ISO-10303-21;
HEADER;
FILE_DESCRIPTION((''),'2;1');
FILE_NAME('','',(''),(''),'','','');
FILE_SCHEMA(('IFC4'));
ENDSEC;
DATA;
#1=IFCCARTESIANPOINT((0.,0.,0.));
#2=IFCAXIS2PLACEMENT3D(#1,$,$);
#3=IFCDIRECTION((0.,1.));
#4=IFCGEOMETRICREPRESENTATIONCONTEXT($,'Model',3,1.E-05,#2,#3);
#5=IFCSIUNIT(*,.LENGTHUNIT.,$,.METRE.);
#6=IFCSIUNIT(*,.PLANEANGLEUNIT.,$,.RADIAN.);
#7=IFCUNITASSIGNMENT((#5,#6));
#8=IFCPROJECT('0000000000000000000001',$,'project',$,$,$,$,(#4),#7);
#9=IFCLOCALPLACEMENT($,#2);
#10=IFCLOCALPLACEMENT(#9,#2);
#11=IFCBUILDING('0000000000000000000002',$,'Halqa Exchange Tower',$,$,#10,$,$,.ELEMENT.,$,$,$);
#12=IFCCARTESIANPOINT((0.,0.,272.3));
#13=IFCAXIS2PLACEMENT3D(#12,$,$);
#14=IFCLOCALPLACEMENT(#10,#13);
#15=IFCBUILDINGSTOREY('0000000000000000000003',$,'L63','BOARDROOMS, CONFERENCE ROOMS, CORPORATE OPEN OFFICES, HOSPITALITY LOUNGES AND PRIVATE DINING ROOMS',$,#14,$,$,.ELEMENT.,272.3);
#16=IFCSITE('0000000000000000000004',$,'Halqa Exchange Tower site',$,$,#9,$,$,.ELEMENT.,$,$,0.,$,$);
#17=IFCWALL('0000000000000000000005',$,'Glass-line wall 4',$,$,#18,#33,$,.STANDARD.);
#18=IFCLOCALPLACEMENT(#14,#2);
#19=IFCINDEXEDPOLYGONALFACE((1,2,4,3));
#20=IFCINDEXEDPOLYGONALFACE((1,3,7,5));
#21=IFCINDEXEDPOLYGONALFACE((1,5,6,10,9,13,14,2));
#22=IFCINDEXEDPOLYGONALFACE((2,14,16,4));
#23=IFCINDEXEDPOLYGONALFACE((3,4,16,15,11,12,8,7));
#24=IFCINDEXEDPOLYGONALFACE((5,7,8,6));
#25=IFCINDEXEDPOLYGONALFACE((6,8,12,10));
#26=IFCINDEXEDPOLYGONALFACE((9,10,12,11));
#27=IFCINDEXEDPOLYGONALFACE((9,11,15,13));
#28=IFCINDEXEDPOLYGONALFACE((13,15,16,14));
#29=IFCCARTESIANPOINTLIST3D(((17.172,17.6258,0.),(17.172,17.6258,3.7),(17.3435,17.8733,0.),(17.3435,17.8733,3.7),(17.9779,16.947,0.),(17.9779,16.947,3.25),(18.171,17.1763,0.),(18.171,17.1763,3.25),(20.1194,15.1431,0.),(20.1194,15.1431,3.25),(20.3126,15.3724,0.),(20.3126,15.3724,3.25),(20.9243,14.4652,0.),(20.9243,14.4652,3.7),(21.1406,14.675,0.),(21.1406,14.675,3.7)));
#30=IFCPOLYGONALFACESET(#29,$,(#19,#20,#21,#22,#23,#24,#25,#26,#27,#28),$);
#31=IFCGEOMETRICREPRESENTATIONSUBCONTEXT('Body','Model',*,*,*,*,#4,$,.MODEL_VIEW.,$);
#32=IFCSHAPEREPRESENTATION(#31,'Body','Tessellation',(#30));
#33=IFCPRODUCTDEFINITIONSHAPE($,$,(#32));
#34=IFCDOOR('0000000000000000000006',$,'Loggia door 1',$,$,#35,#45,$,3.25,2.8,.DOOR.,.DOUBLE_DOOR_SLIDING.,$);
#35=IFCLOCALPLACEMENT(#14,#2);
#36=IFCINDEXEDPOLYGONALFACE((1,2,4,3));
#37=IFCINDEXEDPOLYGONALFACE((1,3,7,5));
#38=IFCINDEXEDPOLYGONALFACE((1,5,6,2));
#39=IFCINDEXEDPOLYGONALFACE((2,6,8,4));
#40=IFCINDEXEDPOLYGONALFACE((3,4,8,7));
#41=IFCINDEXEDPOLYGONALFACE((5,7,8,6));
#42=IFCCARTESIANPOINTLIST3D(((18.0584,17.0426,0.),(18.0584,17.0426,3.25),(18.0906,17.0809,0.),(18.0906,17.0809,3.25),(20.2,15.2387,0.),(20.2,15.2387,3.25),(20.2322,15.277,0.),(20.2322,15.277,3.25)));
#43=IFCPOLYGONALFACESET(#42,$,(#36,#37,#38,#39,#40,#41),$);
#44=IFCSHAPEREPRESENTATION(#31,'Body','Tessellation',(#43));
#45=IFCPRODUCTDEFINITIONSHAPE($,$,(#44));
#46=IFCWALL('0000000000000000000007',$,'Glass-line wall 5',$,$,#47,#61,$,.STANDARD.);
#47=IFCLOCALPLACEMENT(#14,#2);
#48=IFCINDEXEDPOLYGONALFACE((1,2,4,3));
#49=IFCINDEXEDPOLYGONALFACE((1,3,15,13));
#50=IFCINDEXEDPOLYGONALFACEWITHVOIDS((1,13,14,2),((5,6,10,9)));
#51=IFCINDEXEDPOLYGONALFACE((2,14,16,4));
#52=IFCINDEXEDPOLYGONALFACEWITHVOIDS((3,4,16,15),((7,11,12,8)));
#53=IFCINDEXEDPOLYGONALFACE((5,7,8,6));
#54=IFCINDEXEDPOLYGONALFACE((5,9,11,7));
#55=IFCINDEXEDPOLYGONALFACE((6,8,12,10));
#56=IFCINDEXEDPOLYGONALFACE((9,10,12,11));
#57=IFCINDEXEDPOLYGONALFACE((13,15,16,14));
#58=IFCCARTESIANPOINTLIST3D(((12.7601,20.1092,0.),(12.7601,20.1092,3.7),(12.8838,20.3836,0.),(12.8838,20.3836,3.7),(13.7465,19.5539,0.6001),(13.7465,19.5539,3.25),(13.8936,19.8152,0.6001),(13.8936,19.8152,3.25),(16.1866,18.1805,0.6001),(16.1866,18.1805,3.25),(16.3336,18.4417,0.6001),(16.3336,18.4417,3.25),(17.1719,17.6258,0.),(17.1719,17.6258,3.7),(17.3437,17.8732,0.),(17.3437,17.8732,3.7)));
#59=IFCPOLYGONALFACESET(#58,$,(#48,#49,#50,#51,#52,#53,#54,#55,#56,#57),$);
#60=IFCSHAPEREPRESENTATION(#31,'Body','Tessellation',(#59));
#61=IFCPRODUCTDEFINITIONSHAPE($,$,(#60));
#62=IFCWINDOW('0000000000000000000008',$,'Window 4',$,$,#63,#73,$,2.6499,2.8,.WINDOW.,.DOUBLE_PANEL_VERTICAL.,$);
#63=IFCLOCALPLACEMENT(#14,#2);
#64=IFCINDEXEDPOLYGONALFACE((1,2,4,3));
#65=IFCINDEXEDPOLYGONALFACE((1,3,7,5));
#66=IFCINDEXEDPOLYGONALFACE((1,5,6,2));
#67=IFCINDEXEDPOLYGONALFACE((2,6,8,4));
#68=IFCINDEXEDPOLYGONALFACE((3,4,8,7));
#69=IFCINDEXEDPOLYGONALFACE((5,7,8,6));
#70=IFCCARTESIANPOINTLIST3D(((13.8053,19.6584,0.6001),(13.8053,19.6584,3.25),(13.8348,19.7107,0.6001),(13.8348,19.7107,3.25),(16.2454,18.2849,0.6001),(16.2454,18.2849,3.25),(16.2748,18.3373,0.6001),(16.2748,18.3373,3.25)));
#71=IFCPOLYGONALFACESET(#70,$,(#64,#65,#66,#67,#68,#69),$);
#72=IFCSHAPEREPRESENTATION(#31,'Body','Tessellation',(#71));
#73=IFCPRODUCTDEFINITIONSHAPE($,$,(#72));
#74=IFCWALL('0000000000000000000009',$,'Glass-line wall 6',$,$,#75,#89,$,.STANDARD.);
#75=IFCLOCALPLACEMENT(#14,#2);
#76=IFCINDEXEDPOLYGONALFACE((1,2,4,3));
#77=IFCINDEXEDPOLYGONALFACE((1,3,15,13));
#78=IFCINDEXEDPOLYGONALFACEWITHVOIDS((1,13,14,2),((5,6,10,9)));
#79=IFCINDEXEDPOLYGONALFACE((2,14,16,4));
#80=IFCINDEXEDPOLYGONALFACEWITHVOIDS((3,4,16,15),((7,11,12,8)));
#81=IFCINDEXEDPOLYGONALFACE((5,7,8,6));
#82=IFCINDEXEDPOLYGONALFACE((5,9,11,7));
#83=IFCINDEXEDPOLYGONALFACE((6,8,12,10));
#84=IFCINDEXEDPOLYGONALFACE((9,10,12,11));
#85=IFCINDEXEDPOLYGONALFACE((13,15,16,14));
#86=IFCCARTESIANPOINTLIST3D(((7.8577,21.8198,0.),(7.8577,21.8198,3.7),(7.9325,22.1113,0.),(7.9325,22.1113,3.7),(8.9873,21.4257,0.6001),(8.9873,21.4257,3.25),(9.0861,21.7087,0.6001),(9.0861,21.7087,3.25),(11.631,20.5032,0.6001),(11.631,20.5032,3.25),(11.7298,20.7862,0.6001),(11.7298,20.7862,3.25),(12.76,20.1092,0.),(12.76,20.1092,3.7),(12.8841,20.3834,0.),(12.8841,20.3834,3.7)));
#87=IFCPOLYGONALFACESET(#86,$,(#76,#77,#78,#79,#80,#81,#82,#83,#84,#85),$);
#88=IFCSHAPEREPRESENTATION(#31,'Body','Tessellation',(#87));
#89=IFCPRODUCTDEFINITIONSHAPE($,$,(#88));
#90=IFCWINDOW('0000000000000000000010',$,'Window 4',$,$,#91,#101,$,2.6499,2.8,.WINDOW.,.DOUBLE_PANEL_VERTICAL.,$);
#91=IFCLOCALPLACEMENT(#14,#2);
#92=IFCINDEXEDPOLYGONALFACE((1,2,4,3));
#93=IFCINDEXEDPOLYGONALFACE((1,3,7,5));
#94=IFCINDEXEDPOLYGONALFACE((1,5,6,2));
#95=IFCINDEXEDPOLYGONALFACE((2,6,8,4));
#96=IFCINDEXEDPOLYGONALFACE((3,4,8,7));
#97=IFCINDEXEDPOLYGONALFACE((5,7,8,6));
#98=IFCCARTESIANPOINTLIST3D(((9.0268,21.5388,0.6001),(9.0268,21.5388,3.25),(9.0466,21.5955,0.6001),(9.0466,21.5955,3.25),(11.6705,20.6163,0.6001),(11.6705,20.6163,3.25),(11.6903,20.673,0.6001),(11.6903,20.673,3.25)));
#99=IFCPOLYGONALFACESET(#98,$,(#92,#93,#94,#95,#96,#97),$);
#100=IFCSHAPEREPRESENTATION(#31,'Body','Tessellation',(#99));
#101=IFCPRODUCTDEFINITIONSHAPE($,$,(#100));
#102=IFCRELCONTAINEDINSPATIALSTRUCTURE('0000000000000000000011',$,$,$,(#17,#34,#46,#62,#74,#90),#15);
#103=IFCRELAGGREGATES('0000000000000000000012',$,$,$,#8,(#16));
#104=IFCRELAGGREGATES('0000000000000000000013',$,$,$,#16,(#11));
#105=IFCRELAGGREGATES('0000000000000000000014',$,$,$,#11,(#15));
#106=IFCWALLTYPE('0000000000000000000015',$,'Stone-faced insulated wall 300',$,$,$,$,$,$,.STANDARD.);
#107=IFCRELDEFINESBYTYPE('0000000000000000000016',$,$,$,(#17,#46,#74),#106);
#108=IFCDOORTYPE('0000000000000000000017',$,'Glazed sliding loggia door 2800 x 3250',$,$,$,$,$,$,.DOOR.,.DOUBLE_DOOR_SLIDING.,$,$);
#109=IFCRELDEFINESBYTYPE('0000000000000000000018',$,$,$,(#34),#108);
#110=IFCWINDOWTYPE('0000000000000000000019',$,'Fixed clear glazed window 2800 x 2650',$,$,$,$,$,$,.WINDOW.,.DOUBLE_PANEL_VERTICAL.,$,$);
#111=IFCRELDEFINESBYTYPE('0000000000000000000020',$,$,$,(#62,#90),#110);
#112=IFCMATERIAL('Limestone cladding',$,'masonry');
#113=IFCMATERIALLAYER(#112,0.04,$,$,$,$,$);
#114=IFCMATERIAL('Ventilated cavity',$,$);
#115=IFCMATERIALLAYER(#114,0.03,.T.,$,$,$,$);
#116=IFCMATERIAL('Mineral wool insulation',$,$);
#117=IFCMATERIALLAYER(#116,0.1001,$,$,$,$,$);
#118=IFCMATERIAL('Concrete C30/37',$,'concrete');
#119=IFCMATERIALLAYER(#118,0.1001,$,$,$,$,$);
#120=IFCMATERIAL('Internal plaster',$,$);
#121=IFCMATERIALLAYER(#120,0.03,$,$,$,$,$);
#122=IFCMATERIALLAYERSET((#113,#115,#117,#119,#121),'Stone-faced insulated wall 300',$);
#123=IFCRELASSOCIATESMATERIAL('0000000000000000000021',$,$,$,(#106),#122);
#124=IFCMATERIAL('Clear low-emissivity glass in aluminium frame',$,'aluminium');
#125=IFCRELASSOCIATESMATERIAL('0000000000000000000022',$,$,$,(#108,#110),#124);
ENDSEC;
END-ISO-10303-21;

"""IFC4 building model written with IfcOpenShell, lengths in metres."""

from ifc_helpers import new_model, si_unit, direction, frame, frame_2d, origin, place, context, subcontext, project, spatial, polyline, rectangle, outline, extrude, material, layer, layer_set, type_object, element, fill, save


model = new_model("IFC4")

# Units and contexts
model_context = context("Model", 3, precision=1e-05, world=origin(), true_north=direction((0.0, 1.0)))
body_context = subcontext(model_context, "Body", "Model", "MODEL_VIEW")
ifc_project = project(units=[si_unit("LENGTHUNIT", "METRE"), si_unit("PLANEANGLEUNIT", "RADIAN")], contexts=[model_context])

# Site, building, storey
site_placement = place(None, origin())
site = spatial("IfcSite", under=ifc_project, at=site_placement, Name="Halqa Exchange Tower site", CompositionType="ELEMENT", RefElevation=0.0)
building_placement = place(site_placement, origin())
building = spatial("IfcBuilding", under=site, at=building_placement, Name="Halqa Exchange Tower", CompositionType="ELEMENT")
storey_placement = place(building_placement, frame((0.0, 0.0, 272.3)))
storey = spatial("IfcBuildingStorey", under=building, at=storey_placement, Name="L63", Description="BOARDROOMS, CONFERENCE ROOMS, CORPORATE OPEN OFFICES, HOSPITALITY LOUNGES AND PRIVATE DINING ROOMS", CompositionType="ELEMENT", Elevation=272.3)

# Wall, opening, door
ifc_material_1 = material(Name="Limestone cladding", Category="masonry")
ifc_layer_1 = layer(ifc_material_1, 0.04)
ifc_material_2 = material(Name="Ventilated cavity")
ifc_layer_2 = layer(ifc_material_2, 0.03, ventilated=True)
ifc_material_3 = material(Name="Mineral wool insulation")
ifc_layer_3 = layer(ifc_material_3, 0.1001)
ifc_material_4 = material(Name="Concrete C30/37", Category="concrete")
ifc_layer_4 = layer(ifc_material_4, 0.1001)
ifc_material_5 = material(Name="Internal plaster")
ifc_layer_5 = layer(ifc_material_5, 0.03)
ifc_layer_set_1 = layer_set([ifc_layer_1, ifc_layer_2, ifc_layer_3, ifc_layer_4, ifc_layer_5], Name="Stone-faced insulated wall 300")
wall_type_1 = type_object("IfcWallType", Name="Stone-faced insulated wall 300", PredefinedType="STANDARD", material=ifc_layer_set_1)
wall_1_placement = place(storey_placement, frame((21.0325, 14.5701, 0.0), z_axis=(0.0, 0.0, 1.0), x_axis=(-0.764833, 0.644229, 0.0)))
wall_1 = element("IfcWall", 1, at=wall_1_placement, inside=storey, type_object=wall_type_1, Name="Glass-line wall 4", PredefinedType="STANDARD", context=body_context, shape_type="SweptSolid", body=[
    extrude(outline(polyline([(-0.0151, -0.1499), (4.9495, -0.1499), (4.9211, 0.1499), (0.0151, 0.1499), (-0.0151, -0.1499)])), origin(), (0.0, 0.0, 1.0), 3.7),
])
opening_1_placement = place(wall_1_placement, frame((1.0676, 0.0, 0.0)))
opening_1 = element("IfcOpeningElement", 2, at=opening_1_placement, cuts=wall_1, PredefinedType="OPENING", context=body_context, shape_type="SweptSolid", body=[
    extrude(rectangle(XDim=2.8, YDim=3.25, at=frame_2d((1.3999, 1.625))), frame((0.0, 0.1621, 0.0), z_axis=(0.0, -1.0, 0.0), x_axis=(1.0, 0.0, 0.0)), (0.0, 0.0, 1.0), 0.324),
])
ifc_material_6 = material(Name="Clear low-emissivity glass in aluminium frame", Category="aluminium")
door_type = type_object("IfcDoorType", Name="Glazed sliding loggia door 2800 x 3250", OperationType="DOUBLE_DOOR_SLIDING", PredefinedType="DOOR", material=ifc_material_6)
door_placement = place(opening_1_placement, origin())
door = element("IfcDoor", 3, at=door_placement, inside=storey, type_object=door_type, Name="Loggia door 1", OperationType="DOUBLE_DOOR_SLIDING", OverallHeight=3.25, OverallWidth=2.8, PredefinedType="DOOR", context=body_context, shape_type="SweptSolid", body=[
    extrude(rectangle(XDim=2.8, YDim=3.25, at=frame_2d((1.3999, 1.625))), frame((0.0, 0.0249, 0.0), z_axis=(0.0, -1.0, 0.0), x_axis=(1.0, 0.0, 0.0)), (0.0, 0.0, 1.0), 0.05),
])
fill(opening_1, door)

# Walls, openings, windows
wall_2_placement = place(storey_placement, frame((17.2578, 17.7495, 0.0), z_axis=(0.0, 0.0, 1.0), x_axis=(-0.871433, 0.490514, 0.0)))
wall_2 = element("IfcWall", 4, at=wall_2_placement, inside=storey, type_object=wall_type_1, Name="Glass-line wall 5", PredefinedType="STANDARD", context=body_context, shape_type="SweptSolid", body=[
    extrude(outline(polyline([(-0.0142, -0.1499), (5.1038, -0.1499), (5.0769, 0.1499), (0.0142, 0.1499), (-0.0142, -0.1499)])), origin(), (0.0, 0.0, 1.0), 3.7),
])
opening_2_placement = place(wall_2_placement, frame((1.145, 0.0, 0.6001)))
opening_2 = element("IfcOpeningElement", 5, at=opening_2_placement, cuts=wall_2, PredefinedType="OPENING", context=body_context, shape_type="SweptSolid", body=[
    extrude(rectangle(XDim=2.8, YDim=2.6499, at=frame_2d((1.3999, 1.325))), frame((0.0, 0.1621, 0.0), z_axis=(0.0, -1.0, 0.0), x_axis=(1.0, 0.0, 0.0)), (0.0, 0.0, 1.0), 0.324),
])
window_type = type_object("IfcWindowType", Name="Fixed clear glazed window 2800 x 2650", PartitioningType="DOUBLE_PANEL_VERTICAL", PredefinedType="WINDOW", material=ifc_material_6)
window_1_placement = place(opening_2_placement, origin())
window_1 = element("IfcWindow", 6, at=window_1_placement, inside=storey, type_object=window_type, Name="Window 4", OverallHeight=2.6499, OverallWidth=2.8, PartitioningType="DOUBLE_PANEL_VERTICAL", PredefinedType="WINDOW", context=body_context, shape_type="SweptSolid", body=[
    extrude(rectangle(XDim=2.8, YDim=2.6499, at=frame_2d((1.3999, 1.325))), frame((0.0, 0.03, 0.0), z_axis=(0.0, -1.0, 0.0), x_axis=(1.0, 0.0, 0.0)), (0.0, 0.0, 1.0), 0.0601),
])
fill(opening_2, window_1)
wall_3_placement = place(storey_placement, frame((12.822, 20.2463, 0.0), z_axis=(0.0, 0.0, 1.0), x_axis=(-0.944169, 0.32946, 0.0)))
wall_3 = element("IfcWall", 7, at=wall_3_placement, inside=storey, type_object=wall_type_1, Name="Glass-line wall 6", PredefinedType="STANDARD", context=body_context, shape_type="SweptSolid", body=[
    extrude(outline(polyline([(-0.0134, -0.1499), (5.231, -0.1499), (5.2056, 0.1499), (0.0134, 0.1499), (-0.0134, -0.1499)])), origin(), (0.0, 0.0, 1.0), 3.7),
])
opening_3_placement = place(wall_3_placement, frame((1.2092, 0.0, 0.6001)))
opening_3 = element("IfcOpeningElement", 8, at=opening_3_placement, cuts=wall_3, PredefinedType="OPENING", context=body_context, shape_type="SweptSolid", body=[
    extrude(rectangle(XDim=2.8, YDim=2.6499, at=frame_2d((1.3999, 1.325))), frame((0.0, 0.1621, 0.0), z_axis=(0.0, -1.0, 0.0), x_axis=(1.0, 0.0, 0.0)), (0.0, 0.0, 1.0), 0.324),
])
window_2_placement = place(opening_3_placement, origin())
window_2 = element("IfcWindow", 9, at=window_2_placement, inside=storey, type_object=window_type, Name="Window 4", OverallHeight=2.6499, OverallWidth=2.8, PartitioningType="DOUBLE_PANEL_VERTICAL", PredefinedType="WINDOW", context=body_context, shape_type="SweptSolid", body=[
    extrude(rectangle(XDim=2.8, YDim=2.6499, at=frame_2d((1.3999, 1.325))), frame((0.0, 0.03, 0.0), z_axis=(0.0, -1.0, 0.0), x_axis=(1.0, 0.0, 0.0)), (0.0, 0.0, 1.0), 0.0601),
])
fill(opening_3, window_2)

save(model, "model.ifc")
